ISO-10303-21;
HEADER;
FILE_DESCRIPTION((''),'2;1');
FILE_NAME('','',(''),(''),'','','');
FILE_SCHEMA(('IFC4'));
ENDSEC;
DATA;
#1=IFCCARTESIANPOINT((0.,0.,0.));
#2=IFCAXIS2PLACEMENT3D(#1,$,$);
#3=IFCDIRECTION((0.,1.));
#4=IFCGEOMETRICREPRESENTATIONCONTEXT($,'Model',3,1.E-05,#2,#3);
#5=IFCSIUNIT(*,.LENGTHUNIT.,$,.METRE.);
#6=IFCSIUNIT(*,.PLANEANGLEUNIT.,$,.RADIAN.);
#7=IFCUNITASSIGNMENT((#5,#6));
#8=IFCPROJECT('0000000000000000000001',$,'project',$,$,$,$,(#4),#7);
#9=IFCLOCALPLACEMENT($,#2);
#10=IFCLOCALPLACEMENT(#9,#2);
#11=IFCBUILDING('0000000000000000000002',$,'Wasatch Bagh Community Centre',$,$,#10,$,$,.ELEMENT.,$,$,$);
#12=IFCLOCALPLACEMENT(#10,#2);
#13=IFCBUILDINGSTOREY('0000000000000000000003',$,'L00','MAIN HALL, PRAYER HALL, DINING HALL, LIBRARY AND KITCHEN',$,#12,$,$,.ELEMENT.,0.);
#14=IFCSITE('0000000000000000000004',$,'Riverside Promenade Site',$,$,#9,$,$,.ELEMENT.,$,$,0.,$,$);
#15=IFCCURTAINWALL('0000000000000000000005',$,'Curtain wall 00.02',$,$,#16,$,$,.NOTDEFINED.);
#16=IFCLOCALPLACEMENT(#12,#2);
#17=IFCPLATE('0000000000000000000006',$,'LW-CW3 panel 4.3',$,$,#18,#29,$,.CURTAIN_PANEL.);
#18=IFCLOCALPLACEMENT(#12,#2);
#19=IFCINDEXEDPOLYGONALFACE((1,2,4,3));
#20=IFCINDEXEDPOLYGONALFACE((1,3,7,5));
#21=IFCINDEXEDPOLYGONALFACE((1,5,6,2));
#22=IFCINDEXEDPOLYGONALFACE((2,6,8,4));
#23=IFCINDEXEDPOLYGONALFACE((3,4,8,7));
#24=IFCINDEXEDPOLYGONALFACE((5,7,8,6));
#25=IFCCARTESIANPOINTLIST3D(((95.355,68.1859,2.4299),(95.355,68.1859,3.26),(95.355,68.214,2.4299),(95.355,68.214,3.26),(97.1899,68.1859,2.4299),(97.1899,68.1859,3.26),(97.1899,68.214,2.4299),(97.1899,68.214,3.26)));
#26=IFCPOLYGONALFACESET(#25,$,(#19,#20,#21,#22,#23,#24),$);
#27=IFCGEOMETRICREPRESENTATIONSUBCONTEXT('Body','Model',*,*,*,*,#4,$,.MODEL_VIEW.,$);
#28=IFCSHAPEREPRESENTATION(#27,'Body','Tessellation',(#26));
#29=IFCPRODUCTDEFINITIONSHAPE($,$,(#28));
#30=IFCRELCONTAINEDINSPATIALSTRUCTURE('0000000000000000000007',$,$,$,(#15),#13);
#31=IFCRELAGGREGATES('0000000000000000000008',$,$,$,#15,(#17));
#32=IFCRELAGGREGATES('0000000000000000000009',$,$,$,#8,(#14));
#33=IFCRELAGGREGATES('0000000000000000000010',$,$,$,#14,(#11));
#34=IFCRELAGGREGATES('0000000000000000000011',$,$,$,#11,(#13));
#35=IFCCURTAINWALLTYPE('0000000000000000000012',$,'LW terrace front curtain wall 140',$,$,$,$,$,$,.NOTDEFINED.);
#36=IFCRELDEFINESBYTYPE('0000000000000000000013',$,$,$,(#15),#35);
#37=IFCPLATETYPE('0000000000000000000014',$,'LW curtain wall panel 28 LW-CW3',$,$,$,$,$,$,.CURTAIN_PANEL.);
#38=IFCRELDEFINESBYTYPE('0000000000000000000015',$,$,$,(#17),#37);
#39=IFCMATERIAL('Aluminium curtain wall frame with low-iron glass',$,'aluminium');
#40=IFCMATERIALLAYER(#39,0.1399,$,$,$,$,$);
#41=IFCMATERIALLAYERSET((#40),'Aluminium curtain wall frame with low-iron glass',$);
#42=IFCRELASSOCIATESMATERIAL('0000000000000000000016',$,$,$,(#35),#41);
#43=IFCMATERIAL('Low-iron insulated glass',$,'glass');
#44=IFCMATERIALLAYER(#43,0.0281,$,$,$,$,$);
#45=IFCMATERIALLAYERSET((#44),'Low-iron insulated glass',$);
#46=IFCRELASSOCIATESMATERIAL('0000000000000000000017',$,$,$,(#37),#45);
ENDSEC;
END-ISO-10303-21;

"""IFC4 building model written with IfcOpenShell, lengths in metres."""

from ifc_helpers import new_model, si_unit, direction, frame, origin, origin_2d, place, context, subcontext, project, spatial, rectangle, extrude, material, layer, layer_set, type_object, element, aggregate, save


model = new_model("IFC4")

# Units and contexts
model_context = context("Model", 3, precision=1e-05, world=origin(), true_north=direction((0.0, 1.0)))
body_context = subcontext(model_context, "Body", "Model", "MODEL_VIEW")
ifc_project = project(units=[si_unit("LENGTHUNIT", "METRE"), si_unit("PLANEANGLEUNIT", "RADIAN")], contexts=[model_context])

# Site, building, storey
site_placement = place(None, origin())
site = spatial("IfcSite", under=ifc_project, at=site_placement, Name="Riverside Promenade Site", CompositionType="ELEMENT", RefElevation=0.0)
building_placement = place(site_placement, origin())
building = spatial("IfcBuilding", under=site, at=building_placement, Name="Wasatch Bagh Community Centre", CompositionType="ELEMENT")
storey_placement = place(building_placement, origin())
storey = spatial("IfcBuildingStorey", under=building, at=storey_placement, Name="L00", Description="MAIN HALL, PRAYER HALL, DINING HALL, LIBRARY AND KITCHEN", CompositionType="ELEMENT", Elevation=0.0)

# Curtain wall
ifc_material_1 = material(Name="Aluminium curtain wall frame with low-iron glass", Category="aluminium")
ifc_layer_1 = layer(ifc_material_1, 0.1399)
ifc_layer_set_1 = layer_set([ifc_layer_1], Name="Aluminium curtain wall frame with low-iron glass")
curtain_wall_type = type_object("IfcCurtainWallType", Name="LW terrace front curtain wall 140", PredefinedType="NOTDEFINED", material=ifc_layer_set_1)
curtain_wall_1_placement = place(storey_placement, origin())
curtain_wall_1 = element("IfcCurtainWall", 1, at=curtain_wall_1_placement, inside=storey, type_object=curtain_wall_type, Name="Curtain wall 00.02", PredefinedType="NOTDEFINED")

# Plate
ifc_material_2 = material(Name="Low-iron insulated glass", Category="glass")
ifc_layer_2 = layer(ifc_material_2, 0.0281)
ifc_layer_set_2 = layer_set([ifc_layer_2], Name="Low-iron insulated glass")
plate_type = type_object("IfcPlateType", Name="LW curtain wall panel 28 LW-CW3", PredefinedType="CURTAIN_PANEL", material=ifc_layer_set_2)
plate_1_placement = place(storey_placement, frame((96.2725, 68.2, 2.4299), z_axis=(0.0, 0.0, 1.0), x_axis=(1.0, 0.0, 0.0)))
plate_1 = element("IfcPlate", 2, at=plate_1_placement, type_object=plate_type, Name="LW-CW3 panel 4.3", PredefinedType="CURTAIN_PANEL", context=body_context, shape_type="SweptSolid", body=[
    extrude(rectangle(XDim=1.835, YDim=0.0281, at=origin_2d()), origin(), (0.0, 0.0, 1.0), 0.8301),
])
aggregate(curtain_wall_1, [plate_1])

save(model, "model.ifc")
